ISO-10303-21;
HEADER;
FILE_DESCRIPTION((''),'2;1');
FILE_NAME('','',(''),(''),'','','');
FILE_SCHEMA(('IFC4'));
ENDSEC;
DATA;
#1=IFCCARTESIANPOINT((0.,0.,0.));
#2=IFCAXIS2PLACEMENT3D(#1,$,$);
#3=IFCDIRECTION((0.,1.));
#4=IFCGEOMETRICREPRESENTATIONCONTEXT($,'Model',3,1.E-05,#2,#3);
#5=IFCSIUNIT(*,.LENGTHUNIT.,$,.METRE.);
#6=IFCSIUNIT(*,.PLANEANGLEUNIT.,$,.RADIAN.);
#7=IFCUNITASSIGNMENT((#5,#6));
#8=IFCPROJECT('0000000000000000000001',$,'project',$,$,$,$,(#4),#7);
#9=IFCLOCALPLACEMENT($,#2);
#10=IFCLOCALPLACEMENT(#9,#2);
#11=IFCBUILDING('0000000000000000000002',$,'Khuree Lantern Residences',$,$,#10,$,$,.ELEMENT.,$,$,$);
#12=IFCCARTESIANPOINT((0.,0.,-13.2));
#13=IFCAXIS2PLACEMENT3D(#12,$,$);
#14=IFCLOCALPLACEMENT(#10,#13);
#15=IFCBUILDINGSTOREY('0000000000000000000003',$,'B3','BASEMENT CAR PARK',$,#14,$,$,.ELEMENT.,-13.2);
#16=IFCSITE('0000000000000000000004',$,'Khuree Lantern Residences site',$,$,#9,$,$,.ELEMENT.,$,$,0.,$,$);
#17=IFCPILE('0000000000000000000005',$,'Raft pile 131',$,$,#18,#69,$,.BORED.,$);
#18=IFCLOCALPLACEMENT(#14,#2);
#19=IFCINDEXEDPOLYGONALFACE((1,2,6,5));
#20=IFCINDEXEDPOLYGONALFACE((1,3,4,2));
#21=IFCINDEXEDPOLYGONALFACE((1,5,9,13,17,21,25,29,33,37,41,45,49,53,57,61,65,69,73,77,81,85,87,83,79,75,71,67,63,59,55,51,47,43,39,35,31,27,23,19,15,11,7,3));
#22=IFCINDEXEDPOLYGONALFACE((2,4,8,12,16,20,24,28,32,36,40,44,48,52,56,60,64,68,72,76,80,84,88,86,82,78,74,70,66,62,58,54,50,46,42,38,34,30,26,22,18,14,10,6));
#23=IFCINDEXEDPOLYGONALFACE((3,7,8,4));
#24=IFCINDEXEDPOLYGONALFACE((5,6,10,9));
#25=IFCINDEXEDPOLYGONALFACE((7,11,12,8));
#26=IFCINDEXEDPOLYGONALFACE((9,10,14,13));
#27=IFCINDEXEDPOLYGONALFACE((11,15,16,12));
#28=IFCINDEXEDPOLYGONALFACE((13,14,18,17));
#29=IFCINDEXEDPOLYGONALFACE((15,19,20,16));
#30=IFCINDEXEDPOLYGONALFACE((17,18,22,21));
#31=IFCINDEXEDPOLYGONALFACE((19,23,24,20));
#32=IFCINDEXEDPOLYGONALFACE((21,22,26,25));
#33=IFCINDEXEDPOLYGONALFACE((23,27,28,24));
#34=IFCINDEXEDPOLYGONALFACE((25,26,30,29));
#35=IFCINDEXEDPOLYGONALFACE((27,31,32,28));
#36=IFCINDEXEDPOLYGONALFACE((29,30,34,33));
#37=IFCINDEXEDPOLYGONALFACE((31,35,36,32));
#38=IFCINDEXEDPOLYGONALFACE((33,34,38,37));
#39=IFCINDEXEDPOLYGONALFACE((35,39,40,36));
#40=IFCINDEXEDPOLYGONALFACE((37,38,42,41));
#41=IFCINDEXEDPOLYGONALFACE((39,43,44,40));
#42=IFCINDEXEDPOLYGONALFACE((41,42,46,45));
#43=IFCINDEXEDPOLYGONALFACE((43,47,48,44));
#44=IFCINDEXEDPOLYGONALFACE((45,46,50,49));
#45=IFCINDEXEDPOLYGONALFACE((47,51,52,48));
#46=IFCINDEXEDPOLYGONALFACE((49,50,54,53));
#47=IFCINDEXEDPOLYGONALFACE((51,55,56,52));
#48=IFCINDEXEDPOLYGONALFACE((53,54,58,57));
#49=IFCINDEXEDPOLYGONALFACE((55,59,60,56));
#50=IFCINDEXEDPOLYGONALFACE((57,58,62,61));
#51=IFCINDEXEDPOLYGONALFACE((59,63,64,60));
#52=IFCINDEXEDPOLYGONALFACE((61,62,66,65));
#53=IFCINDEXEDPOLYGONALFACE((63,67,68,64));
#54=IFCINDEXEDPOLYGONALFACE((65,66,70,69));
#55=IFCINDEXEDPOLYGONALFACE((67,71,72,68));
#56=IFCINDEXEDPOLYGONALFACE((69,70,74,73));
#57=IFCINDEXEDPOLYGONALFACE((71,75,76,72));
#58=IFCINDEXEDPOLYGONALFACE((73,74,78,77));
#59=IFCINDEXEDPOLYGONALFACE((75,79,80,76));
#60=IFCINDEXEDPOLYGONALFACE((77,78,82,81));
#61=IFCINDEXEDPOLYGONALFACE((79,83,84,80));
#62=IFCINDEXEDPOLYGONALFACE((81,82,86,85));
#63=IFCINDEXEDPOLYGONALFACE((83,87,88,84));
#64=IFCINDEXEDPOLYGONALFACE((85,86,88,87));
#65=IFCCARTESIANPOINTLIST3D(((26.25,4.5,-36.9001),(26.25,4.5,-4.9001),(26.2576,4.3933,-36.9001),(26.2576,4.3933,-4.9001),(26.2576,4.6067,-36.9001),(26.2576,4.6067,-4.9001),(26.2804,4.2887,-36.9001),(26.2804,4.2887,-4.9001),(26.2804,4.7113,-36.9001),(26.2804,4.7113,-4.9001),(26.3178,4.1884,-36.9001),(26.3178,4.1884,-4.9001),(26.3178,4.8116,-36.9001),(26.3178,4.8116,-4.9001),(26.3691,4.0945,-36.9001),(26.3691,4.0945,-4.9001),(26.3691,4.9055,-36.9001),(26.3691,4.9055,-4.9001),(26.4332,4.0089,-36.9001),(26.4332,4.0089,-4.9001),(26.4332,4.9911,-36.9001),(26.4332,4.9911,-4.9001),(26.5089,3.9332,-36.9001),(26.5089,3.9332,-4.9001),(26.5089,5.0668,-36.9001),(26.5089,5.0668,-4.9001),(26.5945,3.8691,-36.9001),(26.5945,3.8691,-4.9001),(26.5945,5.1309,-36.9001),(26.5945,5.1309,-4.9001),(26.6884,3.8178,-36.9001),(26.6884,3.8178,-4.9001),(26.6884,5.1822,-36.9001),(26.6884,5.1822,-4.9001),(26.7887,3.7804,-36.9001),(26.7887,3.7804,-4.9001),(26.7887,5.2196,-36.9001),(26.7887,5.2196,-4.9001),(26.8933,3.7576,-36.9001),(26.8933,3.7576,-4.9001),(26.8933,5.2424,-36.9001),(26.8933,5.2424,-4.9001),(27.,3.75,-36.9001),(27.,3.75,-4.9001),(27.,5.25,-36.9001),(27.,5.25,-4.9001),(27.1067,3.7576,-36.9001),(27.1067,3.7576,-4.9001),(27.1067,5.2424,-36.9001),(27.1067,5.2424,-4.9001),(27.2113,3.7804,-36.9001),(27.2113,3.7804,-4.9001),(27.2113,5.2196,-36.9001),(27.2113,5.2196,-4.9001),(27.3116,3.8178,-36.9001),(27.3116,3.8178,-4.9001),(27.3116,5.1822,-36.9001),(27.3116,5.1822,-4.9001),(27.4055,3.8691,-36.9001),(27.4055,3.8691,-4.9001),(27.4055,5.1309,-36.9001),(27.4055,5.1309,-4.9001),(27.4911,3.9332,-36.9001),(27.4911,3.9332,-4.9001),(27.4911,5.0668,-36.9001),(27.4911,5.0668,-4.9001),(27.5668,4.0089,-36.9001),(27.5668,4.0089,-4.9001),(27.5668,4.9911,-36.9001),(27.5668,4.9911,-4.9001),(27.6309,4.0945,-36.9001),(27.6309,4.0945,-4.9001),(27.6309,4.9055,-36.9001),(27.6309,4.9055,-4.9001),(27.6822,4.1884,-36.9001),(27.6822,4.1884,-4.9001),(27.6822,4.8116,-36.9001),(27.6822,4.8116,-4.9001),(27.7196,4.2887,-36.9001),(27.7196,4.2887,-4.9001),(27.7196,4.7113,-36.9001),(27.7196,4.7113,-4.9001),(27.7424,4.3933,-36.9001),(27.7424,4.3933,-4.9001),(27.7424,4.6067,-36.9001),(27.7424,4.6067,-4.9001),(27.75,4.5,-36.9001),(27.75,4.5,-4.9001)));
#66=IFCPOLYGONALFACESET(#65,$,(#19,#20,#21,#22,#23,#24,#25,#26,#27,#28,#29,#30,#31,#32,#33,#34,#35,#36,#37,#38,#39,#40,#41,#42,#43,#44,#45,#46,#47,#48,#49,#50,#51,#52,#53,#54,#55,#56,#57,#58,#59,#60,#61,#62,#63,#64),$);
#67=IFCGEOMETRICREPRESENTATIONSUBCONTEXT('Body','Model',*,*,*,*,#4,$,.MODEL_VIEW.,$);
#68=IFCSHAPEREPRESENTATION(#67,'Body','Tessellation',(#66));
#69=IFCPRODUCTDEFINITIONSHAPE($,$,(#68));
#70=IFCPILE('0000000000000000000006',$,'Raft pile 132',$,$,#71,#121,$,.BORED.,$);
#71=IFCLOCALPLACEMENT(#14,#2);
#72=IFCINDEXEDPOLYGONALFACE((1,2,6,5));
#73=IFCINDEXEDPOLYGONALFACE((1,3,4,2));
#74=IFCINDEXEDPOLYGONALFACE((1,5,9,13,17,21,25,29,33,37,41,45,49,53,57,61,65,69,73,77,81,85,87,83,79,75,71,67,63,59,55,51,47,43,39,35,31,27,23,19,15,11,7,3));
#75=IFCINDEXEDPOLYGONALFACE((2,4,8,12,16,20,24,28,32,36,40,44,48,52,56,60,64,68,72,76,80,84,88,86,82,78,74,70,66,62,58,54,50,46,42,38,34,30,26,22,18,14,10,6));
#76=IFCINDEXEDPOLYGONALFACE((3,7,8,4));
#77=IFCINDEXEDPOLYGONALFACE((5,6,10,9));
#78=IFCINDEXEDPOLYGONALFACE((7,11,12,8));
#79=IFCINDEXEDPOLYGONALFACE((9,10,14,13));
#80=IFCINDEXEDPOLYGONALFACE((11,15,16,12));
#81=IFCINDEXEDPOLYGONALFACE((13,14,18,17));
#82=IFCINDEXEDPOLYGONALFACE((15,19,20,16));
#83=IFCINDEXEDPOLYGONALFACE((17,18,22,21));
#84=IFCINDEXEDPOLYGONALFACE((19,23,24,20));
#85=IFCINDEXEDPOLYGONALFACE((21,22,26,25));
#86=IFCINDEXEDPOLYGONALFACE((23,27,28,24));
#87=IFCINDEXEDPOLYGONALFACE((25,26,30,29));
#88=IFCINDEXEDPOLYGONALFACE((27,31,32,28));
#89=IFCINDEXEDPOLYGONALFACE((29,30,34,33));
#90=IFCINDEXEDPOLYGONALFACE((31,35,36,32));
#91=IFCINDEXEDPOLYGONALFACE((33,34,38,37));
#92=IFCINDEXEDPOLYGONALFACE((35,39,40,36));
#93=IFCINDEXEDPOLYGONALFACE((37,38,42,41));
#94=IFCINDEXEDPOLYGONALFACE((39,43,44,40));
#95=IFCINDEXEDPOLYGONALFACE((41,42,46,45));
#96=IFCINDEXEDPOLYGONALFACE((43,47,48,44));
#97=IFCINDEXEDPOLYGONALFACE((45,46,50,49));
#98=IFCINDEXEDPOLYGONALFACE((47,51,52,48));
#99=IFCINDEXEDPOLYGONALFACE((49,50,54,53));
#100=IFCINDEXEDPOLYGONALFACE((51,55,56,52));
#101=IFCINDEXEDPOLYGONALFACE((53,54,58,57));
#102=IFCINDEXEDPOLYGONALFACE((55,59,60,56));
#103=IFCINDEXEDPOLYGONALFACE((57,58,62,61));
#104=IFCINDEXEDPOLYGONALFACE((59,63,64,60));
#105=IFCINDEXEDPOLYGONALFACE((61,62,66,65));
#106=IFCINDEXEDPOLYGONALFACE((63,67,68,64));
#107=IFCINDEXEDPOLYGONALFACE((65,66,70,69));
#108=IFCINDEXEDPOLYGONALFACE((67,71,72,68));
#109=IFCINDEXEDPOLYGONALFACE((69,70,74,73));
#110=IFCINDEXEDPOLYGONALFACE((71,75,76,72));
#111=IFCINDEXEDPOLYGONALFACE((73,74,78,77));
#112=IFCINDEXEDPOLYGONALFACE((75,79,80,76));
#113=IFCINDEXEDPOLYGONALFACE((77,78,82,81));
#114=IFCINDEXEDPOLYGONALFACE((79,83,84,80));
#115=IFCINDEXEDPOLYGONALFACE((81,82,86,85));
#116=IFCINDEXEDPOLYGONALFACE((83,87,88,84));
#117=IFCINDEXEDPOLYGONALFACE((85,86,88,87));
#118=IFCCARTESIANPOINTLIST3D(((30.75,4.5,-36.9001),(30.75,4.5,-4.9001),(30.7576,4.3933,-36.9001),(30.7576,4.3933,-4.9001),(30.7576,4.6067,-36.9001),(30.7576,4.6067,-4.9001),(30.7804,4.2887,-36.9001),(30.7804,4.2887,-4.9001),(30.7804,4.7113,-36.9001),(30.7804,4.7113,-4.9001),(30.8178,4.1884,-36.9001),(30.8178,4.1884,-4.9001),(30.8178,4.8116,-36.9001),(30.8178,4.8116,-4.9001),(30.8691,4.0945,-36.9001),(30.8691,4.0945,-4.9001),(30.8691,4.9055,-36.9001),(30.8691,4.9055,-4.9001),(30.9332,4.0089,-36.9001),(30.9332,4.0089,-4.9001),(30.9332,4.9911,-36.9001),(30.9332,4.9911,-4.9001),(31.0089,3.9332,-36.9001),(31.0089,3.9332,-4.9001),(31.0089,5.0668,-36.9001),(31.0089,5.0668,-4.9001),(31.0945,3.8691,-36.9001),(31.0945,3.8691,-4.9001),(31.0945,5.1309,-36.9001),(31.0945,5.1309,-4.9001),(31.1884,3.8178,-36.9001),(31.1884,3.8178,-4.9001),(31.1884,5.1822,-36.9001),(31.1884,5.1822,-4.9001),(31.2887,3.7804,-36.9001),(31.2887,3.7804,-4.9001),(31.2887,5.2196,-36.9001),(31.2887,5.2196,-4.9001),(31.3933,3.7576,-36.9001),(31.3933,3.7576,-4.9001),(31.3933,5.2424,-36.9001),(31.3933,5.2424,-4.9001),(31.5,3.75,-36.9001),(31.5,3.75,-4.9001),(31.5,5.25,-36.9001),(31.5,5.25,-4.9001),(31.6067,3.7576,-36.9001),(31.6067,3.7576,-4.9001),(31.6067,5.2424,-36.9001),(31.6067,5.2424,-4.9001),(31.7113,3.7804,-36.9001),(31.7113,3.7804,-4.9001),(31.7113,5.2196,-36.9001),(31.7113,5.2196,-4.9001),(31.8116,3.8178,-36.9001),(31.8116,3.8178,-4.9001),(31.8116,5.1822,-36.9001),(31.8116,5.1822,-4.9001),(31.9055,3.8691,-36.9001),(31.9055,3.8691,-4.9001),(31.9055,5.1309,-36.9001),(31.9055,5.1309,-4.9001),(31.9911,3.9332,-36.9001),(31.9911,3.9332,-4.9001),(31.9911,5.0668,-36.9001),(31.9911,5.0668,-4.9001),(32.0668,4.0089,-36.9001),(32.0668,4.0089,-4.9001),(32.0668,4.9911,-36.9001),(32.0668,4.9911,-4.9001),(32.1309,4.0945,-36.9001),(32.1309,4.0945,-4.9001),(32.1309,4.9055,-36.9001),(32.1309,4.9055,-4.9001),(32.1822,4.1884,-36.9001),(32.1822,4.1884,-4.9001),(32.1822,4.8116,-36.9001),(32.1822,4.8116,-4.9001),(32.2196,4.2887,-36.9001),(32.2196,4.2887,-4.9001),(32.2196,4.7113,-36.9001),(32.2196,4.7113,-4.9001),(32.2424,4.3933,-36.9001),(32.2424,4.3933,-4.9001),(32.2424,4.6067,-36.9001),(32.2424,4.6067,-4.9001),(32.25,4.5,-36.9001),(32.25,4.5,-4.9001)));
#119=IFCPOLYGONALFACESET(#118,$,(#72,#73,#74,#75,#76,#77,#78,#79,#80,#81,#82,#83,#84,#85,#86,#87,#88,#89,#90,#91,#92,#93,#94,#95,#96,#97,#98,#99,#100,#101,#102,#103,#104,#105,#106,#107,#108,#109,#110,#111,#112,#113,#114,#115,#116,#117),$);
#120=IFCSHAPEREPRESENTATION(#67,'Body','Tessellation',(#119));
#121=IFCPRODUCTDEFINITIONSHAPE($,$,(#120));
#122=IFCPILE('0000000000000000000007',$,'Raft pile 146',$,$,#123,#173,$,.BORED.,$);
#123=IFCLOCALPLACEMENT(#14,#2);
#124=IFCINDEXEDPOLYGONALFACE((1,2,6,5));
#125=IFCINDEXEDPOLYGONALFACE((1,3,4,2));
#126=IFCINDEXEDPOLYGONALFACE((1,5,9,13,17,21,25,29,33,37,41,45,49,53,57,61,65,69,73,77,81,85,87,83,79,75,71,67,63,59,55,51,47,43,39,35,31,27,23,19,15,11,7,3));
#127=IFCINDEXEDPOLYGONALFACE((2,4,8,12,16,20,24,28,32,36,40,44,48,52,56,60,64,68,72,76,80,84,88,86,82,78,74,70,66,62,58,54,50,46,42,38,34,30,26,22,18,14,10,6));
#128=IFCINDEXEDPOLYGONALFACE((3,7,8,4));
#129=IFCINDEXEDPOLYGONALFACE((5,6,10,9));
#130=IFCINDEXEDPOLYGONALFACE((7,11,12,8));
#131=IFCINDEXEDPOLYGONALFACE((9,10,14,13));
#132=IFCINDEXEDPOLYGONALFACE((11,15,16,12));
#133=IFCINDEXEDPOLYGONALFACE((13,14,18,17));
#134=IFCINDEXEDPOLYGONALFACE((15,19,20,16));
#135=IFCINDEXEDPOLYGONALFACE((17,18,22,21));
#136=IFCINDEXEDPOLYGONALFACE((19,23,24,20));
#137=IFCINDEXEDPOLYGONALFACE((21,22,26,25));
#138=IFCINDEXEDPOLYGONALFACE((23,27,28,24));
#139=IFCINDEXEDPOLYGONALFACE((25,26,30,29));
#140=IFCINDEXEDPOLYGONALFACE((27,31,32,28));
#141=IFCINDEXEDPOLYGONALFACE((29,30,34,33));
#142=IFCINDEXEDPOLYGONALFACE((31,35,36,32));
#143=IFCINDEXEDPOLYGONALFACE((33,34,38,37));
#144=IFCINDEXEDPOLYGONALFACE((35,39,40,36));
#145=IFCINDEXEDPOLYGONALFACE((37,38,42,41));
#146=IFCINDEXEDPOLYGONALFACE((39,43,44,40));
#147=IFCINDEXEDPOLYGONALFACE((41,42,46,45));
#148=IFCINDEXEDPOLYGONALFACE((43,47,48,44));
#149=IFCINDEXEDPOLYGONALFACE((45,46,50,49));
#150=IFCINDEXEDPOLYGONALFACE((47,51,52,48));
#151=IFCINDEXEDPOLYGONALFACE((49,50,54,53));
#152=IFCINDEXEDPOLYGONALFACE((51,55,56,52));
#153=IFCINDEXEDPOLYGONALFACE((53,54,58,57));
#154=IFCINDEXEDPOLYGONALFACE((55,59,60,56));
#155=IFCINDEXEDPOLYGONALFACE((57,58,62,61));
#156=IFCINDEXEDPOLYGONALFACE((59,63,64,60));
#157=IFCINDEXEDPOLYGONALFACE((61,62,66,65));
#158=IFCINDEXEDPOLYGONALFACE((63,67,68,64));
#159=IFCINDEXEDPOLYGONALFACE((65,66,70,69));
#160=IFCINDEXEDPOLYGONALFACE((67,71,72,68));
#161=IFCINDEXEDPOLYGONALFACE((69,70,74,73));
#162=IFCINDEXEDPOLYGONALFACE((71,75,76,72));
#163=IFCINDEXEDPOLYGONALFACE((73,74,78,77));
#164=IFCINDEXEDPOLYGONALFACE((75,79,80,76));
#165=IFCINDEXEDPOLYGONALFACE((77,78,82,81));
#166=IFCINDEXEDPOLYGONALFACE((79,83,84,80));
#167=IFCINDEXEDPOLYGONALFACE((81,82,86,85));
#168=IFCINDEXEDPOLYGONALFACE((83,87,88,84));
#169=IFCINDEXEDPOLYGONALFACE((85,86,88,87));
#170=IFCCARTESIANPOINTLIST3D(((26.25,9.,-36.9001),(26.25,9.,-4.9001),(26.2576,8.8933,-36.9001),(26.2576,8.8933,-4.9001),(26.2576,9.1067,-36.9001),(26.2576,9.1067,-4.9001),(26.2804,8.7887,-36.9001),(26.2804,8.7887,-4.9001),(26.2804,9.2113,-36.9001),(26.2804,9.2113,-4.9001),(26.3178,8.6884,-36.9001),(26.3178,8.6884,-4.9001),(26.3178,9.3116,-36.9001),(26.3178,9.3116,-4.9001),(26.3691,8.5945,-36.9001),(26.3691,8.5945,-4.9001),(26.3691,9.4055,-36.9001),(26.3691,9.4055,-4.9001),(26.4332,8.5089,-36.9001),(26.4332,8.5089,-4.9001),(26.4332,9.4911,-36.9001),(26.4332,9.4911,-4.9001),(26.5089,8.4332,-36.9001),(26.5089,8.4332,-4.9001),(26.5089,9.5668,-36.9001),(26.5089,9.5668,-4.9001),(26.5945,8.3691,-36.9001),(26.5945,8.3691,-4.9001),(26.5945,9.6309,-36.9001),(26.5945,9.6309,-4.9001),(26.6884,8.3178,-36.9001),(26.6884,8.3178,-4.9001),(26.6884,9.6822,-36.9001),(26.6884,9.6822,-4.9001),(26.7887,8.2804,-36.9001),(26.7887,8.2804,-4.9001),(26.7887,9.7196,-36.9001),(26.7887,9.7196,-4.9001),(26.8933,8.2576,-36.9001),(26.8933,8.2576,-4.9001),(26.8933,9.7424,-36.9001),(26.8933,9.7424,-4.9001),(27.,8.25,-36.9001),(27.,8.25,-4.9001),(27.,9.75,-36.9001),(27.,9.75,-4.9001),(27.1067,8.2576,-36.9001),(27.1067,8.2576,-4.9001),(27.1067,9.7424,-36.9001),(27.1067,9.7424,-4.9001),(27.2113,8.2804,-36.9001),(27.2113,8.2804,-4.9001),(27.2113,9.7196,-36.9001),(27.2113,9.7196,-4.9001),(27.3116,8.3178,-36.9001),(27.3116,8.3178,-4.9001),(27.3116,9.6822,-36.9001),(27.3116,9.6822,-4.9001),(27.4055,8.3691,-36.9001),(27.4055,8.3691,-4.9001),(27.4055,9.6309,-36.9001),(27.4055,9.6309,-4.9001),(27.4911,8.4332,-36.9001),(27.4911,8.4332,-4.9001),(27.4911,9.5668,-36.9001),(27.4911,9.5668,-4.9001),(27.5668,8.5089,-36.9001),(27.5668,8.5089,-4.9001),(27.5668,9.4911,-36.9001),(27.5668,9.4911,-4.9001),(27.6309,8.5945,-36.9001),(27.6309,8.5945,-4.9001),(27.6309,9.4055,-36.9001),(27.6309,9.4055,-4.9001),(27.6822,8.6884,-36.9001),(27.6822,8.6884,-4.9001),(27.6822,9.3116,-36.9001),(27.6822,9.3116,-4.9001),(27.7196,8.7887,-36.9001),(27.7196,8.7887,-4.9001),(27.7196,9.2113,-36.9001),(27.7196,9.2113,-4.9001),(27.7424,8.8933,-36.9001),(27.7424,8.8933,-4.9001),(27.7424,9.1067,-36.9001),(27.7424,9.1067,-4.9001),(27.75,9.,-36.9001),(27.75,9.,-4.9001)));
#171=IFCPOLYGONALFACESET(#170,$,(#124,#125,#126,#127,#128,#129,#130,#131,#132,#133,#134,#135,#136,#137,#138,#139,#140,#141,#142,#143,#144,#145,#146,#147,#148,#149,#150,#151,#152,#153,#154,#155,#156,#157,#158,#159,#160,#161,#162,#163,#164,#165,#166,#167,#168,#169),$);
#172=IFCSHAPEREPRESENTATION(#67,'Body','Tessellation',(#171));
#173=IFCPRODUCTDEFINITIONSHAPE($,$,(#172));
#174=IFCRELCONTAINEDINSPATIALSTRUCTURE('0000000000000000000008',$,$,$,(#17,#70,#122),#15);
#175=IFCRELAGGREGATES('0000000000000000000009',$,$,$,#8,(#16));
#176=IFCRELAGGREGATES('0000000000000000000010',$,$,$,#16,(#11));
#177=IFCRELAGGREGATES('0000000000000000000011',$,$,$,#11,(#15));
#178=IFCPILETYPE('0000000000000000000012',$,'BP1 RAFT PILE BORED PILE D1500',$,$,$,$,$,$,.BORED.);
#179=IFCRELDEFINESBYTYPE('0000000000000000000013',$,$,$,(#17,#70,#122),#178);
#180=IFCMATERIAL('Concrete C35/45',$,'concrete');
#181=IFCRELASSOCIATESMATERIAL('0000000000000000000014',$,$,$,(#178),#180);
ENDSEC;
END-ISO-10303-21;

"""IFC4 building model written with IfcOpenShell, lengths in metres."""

from ifc_helpers import new_model, si_unit, direction, frame, origin, origin_2d, place, context, subcontext, project, spatial, circle, extrude, material, material_profile, profile_set, type_object, element, save


model = new_model("IFC4")

# Units and contexts
model_context = context("Model", 3, precision=1e-05, world=origin(), true_north=direction((0.0, 1.0)))
body_context = subcontext(model_context, "Body", "Model", "MODEL_VIEW")
ifc_project = project(units=[si_unit("LENGTHUNIT", "METRE"), si_unit("PLANEANGLEUNIT", "RADIAN")], contexts=[model_context])

# Site, building, storey
site_placement = place(None, origin())
site = spatial("IfcSite", under=ifc_project, at=site_placement, Name="Khuree Lantern Residences site", CompositionType="ELEMENT", RefElevation=0.0)
building_placement = place(site_placement, origin())
building = spatial("IfcBuilding", under=site, at=building_placement, Name="Khuree Lantern Residences", CompositionType="ELEMENT")
storey_placement = place(building_placement, frame((0.0, 0.0, -13.2)))
storey = spatial("IfcBuildingStorey", under=building, at=storey_placement, Name="B3", Description="BASEMENT CAR PARK", CompositionType="ELEMENT", Elevation=-13.2)

# Piles
ifc_material_1 = material(Name="Concrete C35/45", Category="concrete")
ifc_material_profile_1 = material_profile(ifc_material_1, circle(Radius=0.75, at=origin_2d()), Name="BORED PILE D1500")
ifc_profile_set_1 = profile_set([ifc_material_profile_1], Name="Concrete C35/45")
pile_type_1 = type_object("IfcPileType", Name="BP1 RAFT PILE BORED PILE D1500", PredefinedType="BORED", material=ifc_profile_set_1)
for number, where, z_axis, x_axis, name in (
    (1, (27.0, 4.5, -4.9001), (0.0, 0.0, -1.0), (1.0, 0.0, 0.0), "Raft pile 131"),
    (2, (31.5, 4.5, -4.9001), (0.0, 0.0, -1.0), (1.0, 0.0, 0.0), "Raft pile 132"),
    (3, (27.0, 9.0, -4.9001), (0.0, 0.0, -1.0), (1.0, 0.0, 0.0), "Raft pile 146"),
):
    element("IfcPile", number, at=place(storey_placement, frame(where, z_axis=z_axis, x_axis=x_axis)), inside=storey, type_object=pile_type_1, Name=name, PredefinedType="BORED", context=body_context, shape_type="SweptSolid", body=[
        extrude(circle(Radius=0.75, at=origin_2d()), origin(), (0.0, 0.0, 1.0), 32.0),
    ])

save(model, "model.ifc")
